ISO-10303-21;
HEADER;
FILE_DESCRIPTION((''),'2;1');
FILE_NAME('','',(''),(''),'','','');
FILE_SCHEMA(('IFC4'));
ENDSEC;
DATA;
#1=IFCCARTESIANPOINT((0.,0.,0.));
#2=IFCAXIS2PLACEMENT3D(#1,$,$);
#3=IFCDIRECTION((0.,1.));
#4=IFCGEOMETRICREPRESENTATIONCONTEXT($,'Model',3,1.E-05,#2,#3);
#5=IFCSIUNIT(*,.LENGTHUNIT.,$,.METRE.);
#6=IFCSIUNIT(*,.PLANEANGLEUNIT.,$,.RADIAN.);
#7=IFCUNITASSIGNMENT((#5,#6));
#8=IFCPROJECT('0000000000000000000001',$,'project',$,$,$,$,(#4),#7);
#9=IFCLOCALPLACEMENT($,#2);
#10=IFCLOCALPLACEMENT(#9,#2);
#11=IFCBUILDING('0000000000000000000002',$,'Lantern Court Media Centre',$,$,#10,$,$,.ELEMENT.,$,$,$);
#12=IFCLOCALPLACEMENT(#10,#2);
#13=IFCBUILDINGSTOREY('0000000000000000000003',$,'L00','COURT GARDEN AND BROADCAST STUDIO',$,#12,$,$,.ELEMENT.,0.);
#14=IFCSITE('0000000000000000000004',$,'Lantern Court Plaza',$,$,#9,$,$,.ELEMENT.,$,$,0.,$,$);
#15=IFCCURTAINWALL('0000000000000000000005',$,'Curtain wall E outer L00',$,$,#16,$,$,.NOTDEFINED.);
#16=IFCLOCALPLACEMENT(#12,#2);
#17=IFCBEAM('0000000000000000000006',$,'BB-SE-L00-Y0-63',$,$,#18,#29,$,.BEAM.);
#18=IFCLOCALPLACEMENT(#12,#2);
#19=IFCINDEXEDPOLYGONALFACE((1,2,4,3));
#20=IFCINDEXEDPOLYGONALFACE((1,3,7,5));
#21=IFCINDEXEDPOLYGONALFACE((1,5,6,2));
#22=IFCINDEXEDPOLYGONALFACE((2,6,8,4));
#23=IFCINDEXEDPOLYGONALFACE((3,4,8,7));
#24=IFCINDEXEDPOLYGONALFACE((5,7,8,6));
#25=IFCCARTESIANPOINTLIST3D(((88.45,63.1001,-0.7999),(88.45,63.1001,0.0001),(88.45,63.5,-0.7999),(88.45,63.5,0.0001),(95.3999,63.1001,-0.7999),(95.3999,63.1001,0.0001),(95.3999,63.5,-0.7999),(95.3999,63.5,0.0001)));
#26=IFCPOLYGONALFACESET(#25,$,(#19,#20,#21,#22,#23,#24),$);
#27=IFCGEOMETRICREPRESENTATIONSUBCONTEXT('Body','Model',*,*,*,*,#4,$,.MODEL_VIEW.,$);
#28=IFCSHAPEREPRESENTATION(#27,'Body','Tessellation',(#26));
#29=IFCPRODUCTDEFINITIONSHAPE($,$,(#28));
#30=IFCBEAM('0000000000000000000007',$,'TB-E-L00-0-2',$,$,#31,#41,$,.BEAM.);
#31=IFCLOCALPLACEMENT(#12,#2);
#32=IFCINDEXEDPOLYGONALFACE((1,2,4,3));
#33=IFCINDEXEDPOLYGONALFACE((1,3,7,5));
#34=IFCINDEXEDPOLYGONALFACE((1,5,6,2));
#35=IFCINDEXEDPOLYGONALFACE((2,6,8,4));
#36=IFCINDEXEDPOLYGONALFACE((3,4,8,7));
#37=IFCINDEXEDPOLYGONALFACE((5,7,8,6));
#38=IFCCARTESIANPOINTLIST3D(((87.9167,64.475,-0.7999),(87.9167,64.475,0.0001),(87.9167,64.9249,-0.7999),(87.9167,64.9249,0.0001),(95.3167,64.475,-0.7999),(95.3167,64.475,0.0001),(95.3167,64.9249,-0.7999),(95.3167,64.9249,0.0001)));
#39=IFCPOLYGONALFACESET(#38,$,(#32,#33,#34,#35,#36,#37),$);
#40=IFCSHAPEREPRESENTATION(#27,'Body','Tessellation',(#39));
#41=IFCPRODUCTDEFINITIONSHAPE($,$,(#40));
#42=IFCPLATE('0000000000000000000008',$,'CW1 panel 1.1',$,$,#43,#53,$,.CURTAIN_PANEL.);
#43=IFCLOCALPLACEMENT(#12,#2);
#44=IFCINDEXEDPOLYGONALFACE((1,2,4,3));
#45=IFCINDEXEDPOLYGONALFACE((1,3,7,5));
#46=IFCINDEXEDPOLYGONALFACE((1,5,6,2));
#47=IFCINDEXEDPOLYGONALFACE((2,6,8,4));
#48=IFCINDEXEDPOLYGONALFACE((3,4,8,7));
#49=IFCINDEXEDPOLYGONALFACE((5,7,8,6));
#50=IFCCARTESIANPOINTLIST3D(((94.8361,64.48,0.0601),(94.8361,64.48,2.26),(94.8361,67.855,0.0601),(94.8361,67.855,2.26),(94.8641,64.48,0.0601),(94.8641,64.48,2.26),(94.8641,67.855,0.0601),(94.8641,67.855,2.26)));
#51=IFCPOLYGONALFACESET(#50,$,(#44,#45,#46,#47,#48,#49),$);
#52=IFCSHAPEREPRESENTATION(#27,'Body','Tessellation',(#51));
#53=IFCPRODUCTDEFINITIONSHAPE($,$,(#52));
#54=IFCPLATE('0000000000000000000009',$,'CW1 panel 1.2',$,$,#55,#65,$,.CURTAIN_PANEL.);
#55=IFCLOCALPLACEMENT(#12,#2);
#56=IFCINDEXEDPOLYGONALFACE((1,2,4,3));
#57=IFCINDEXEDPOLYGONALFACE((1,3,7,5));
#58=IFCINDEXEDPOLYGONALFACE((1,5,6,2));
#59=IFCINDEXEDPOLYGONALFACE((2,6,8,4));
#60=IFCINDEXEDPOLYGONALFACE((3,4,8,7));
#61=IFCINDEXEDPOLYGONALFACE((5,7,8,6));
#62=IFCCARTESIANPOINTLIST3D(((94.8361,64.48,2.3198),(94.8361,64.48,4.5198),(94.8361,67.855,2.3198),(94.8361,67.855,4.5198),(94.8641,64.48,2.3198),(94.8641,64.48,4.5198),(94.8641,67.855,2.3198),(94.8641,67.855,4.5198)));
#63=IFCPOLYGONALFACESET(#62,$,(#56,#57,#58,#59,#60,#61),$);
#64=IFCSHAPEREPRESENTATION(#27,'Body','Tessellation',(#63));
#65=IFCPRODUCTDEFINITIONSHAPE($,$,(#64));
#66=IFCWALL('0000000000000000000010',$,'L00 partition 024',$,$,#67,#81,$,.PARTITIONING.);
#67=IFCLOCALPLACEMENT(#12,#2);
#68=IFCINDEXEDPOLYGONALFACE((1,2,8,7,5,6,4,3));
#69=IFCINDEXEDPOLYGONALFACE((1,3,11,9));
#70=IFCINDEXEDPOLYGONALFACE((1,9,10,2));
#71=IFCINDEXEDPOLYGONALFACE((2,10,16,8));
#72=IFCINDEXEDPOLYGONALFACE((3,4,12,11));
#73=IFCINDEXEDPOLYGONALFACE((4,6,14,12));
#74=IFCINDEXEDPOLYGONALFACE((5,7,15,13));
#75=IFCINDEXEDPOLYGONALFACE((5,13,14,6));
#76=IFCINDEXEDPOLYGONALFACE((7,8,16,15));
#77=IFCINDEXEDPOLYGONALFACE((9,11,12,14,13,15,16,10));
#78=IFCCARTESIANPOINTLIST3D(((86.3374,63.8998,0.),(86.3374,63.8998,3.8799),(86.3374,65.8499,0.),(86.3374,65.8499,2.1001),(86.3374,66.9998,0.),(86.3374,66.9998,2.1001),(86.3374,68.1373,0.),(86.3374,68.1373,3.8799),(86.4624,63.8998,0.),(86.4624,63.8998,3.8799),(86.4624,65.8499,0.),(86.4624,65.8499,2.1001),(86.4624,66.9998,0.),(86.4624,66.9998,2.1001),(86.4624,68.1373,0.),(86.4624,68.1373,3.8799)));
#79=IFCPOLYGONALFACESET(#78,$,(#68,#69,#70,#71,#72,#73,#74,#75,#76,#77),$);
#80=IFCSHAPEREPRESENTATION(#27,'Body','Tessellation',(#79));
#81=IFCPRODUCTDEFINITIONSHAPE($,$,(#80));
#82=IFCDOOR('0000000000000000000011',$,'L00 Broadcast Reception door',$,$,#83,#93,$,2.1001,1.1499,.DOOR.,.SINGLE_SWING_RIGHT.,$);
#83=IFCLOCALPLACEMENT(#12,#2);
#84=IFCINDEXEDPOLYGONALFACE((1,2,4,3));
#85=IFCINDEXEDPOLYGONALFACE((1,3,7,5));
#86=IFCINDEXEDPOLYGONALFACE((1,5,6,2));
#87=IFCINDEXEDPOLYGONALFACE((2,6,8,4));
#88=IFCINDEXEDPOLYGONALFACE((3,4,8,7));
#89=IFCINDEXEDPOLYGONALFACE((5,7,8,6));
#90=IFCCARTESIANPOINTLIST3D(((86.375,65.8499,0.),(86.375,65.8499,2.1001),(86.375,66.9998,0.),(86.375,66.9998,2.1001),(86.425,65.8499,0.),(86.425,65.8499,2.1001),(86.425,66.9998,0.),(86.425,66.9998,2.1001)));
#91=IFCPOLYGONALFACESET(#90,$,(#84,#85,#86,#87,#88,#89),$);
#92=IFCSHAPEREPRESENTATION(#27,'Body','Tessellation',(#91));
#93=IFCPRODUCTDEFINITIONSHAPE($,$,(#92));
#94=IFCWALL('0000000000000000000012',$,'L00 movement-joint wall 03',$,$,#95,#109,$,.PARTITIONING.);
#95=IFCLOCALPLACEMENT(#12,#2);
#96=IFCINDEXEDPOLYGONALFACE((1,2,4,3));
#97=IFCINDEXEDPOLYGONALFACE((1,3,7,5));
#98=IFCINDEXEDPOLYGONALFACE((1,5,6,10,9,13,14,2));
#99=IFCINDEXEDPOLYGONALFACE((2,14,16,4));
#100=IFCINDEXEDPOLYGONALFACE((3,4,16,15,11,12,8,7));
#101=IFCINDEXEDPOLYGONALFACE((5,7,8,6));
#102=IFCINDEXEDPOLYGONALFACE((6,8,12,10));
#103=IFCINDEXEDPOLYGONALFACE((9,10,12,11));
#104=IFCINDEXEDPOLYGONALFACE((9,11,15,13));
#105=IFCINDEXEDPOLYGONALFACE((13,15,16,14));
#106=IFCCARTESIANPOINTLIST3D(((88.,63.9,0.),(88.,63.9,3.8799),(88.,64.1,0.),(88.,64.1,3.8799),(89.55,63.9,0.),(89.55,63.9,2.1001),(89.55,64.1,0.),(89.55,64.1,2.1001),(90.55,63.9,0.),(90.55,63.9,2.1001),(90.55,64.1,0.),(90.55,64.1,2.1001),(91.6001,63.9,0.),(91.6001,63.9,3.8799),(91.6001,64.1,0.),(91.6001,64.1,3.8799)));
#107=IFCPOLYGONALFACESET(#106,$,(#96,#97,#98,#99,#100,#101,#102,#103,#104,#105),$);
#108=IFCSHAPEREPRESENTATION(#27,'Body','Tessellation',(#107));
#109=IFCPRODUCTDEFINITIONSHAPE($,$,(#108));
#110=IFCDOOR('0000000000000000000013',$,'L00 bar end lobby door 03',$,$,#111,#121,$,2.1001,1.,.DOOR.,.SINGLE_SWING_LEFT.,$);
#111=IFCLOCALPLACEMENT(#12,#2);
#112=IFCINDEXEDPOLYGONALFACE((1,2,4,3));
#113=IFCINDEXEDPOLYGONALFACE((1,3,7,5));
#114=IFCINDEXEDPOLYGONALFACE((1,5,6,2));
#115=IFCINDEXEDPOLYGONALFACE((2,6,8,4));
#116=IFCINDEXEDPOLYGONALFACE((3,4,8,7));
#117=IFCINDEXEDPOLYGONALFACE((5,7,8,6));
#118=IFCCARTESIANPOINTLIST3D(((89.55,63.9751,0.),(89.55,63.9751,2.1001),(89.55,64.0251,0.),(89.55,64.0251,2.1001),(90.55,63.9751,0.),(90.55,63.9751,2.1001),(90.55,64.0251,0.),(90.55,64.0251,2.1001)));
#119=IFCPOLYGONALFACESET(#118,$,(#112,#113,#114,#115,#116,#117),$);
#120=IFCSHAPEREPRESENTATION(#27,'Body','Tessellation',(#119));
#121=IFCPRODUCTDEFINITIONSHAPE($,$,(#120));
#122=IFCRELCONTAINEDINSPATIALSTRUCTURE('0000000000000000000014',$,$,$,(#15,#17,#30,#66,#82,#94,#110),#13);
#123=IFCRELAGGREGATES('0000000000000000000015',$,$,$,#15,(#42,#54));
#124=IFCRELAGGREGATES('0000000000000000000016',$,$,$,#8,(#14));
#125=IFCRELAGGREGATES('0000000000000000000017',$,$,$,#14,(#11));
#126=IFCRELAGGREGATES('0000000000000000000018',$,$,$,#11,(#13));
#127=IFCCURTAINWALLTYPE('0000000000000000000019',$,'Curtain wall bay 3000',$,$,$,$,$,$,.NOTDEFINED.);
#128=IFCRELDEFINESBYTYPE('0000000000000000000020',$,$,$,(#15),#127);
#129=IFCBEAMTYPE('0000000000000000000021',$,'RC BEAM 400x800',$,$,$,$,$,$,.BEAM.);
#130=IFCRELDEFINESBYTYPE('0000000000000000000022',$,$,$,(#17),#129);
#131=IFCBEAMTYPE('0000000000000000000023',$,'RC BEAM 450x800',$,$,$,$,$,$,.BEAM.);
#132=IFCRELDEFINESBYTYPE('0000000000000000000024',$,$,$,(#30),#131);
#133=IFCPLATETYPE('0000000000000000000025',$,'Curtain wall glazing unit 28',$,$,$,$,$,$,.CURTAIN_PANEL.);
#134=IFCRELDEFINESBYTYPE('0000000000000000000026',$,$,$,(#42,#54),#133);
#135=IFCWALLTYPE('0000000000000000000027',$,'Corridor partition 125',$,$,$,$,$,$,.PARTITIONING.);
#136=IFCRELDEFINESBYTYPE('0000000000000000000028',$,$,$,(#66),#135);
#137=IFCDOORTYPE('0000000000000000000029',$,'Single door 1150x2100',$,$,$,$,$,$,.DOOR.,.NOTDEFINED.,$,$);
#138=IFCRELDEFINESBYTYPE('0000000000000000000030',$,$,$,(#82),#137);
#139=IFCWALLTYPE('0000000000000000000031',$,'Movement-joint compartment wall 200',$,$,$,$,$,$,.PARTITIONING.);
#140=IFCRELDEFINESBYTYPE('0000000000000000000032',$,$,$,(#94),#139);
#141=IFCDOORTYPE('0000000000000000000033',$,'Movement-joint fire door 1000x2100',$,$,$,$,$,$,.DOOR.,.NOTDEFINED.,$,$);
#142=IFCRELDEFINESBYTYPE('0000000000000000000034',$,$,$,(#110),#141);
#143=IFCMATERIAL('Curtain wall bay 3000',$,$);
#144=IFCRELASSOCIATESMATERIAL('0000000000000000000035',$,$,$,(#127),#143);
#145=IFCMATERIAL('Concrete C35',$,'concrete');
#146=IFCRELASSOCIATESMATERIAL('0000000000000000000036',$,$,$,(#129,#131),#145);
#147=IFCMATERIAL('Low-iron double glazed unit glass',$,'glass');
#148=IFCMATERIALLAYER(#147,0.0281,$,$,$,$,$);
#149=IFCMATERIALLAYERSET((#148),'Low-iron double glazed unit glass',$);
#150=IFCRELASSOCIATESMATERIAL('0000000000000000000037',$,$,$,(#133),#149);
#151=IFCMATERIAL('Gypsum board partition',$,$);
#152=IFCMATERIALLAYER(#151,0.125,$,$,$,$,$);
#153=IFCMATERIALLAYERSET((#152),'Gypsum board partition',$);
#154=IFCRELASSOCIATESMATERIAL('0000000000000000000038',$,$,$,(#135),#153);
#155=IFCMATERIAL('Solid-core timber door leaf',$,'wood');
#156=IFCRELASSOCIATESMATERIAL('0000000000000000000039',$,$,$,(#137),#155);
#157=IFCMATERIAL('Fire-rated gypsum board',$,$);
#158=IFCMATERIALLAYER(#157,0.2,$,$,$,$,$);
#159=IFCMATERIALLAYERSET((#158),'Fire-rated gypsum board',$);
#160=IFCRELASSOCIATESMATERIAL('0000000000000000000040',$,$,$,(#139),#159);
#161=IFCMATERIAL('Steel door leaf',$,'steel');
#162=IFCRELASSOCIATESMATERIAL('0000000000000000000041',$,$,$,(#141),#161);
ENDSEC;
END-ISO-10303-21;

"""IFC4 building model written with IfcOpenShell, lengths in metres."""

from ifc_helpers import new_model, si_unit, direction, frame, frame_2d, origin, origin_2d, place, context, subcontext, project, spatial, rectangle, extrude, material, layer, layer_set, material_profile, profile_set, type_object, element, fill, aggregate, save


model = new_model("IFC4")

# Units and contexts
model_context = context("Model", 3, precision=1e-05, world=origin(), true_north=direction((0.0, 1.0)))
body_context = subcontext(model_context, "Body", "Model", "MODEL_VIEW")
ifc_project = project(units=[si_unit("LENGTHUNIT", "METRE"), si_unit("PLANEANGLEUNIT", "RADIAN")], contexts=[model_context])

# Site, building, storey
site_placement = place(None, origin())
site = spatial("IfcSite", under=ifc_project, at=site_placement, Name="Lantern Court Plaza", CompositionType="ELEMENT", RefElevation=0.0)
building_placement = place(site_placement, origin())
building = spatial("IfcBuilding", under=site, at=building_placement, Name="Lantern Court Media Centre", CompositionType="ELEMENT")
storey_placement = place(building_placement, origin())
storey = spatial("IfcBuildingStorey", under=building, at=storey_placement, Name="L00", Description="COURT GARDEN AND BROADCAST STUDIO", CompositionType="ELEMENT", Elevation=0.0)

# Shared definitions
ifc_material_1 = material(Name="Concrete C35", Category="concrete")

# Curtain wall
ifc_material_2 = material(Name="Curtain wall bay 3000")
curtain_wall_type = type_object("IfcCurtainWallType", Name="Curtain wall bay 3000", PredefinedType="NOTDEFINED", material=ifc_material_2)
curtain_wall_placement = place(storey_placement, origin())
curtain_wall = element("IfcCurtainWall", 1, at=curtain_wall_placement, inside=storey, type_object=curtain_wall_type, Name="Curtain wall E outer L00", PredefinedType="NOTDEFINED")

# Beams
ifc_material_profile_1 = material_profile(ifc_material_1, rectangle(XDim=0.3999, YDim=0.8, at=origin_2d()), Name="RC 400x800")
ifc_profile_set_1 = profile_set([ifc_material_profile_1], Name="Concrete C35")
beam_type_1 = type_object("IfcBeamType", Name="RC BEAM 400x800", PredefinedType="BEAM", material=ifc_profile_set_1)
beam_1_placement = place(storey_placement, frame((88.45, 63.3, -0.3999), z_axis=(1.0, 0.0, 0.0), x_axis=(0.0, 1.0, 0.0)))
element("IfcBeam", 2, at=beam_1_placement, inside=storey, type_object=beam_type_1, Name="BB-SE-L00-Y0-63", PredefinedType="BEAM", context=body_context, shape_type="SweptSolid", body=[
    extrude(rectangle(XDim=0.3999, YDim=0.8, at=origin_2d()), origin(), (0.0, 0.0, 1.0), 6.95),
])
ifc_material_profile_2 = material_profile(ifc_material_1, rectangle(XDim=0.45, YDim=0.8, at=origin_2d()), Name="RC 450x800")
ifc_profile_set_2 = profile_set([ifc_material_profile_2], Name="Concrete C35")
beam_type_2 = type_object("IfcBeamType", Name="RC BEAM 450x800", PredefinedType="BEAM", material=ifc_profile_set_2)
beam_2_placement = place(storey_placement, frame((87.9167, 64.7, -0.3999), z_axis=(1.0, 0.0, 0.0), x_axis=(0.0, 1.0, 0.0)))
element("IfcBeam", 3, at=beam_2_placement, inside=storey, type_object=beam_type_2, Name="TB-E-L00-0-2", PredefinedType="BEAM", context=body_context, shape_type="SweptSolid", body=[
    extrude(rectangle(XDim=0.45, YDim=0.8, at=origin_2d()), origin(), (0.0, 0.0, 1.0), 7.3999),
])

# Plates
ifc_material_3 = material(Name="Low-iron double glazed unit glass", Category="glass")
ifc_layer_1 = layer(ifc_material_3, 0.0281)
ifc_layer_set_1 = layer_set([ifc_layer_1], Name="Low-iron double glazed unit glass")
plate_type = type_object("IfcPlateType", Name="Curtain wall glazing unit 28", PredefinedType="CURTAIN_PANEL", material=ifc_layer_set_1)
plate_1_placement = place(storey_placement, frame((94.8501, 66.1675, 0.0601), z_axis=(0.0, 0.0, 1.0), x_axis=(0.0, 1.0, 0.0)))
plate_1 = element("IfcPlate", 4, at=plate_1_placement, type_object=plate_type, Name="CW1 panel 1.1", PredefinedType="CURTAIN_PANEL", context=body_context, shape_type="SweptSolid", body=[
    extrude(rectangle(XDim=3.375, YDim=0.0281, at=origin_2d()), origin(), (0.0, 0.0, 1.0), 2.2),
])
plate_2_placement = place(storey_placement, frame((94.8501, 66.1675, 2.3198), z_axis=(0.0, 0.0, 1.0), x_axis=(0.0, 1.0, 0.0)))
plate_2 = element("IfcPlate", 5, at=plate_2_placement, type_object=plate_type, Name="CW1 panel 1.2", PredefinedType="CURTAIN_PANEL", context=body_context, shape_type="SweptSolid", body=[
    extrude(rectangle(XDim=3.375, YDim=0.0281, at=origin_2d()), origin(), (0.0, 0.0, 1.0), 2.2),
])
aggregate(curtain_wall, [plate_1, plate_2])

# Walls, openings, doors
ifc_material_4 = material(Name="Gypsum board partition")
ifc_layer_2 = layer(ifc_material_4, 0.125)
ifc_layer_set_2 = layer_set([ifc_layer_2], Name="Gypsum board partition")
wall_type_1 = type_object("IfcWallType", Name="Corridor partition 125", PredefinedType="PARTITIONING", material=ifc_layer_set_2)
wall_1_placement = place(storey_placement, frame((86.3999, 63.8999, 0.0), z_axis=(0.0, 0.0, 1.0), x_axis=(0.0, 1.0, 0.0)))
wall_1 = element("IfcWall", 6, at=wall_1_placement, inside=storey, type_object=wall_type_1, Name="L00 partition 024", PredefinedType="PARTITIONING", context=body_context, shape_type="SweptSolid", body=[
    extrude(rectangle(XDim=4.2375, YDim=0.125, at=frame_2d((2.1187, 0.0))), origin(), (0.0, 0.0, 1.0), 3.8799),
])
opening_1_placement = place(wall_1_placement, frame((1.95, 0.0, 0.0)))
opening_1 = element("IfcOpeningElement", 7, at=opening_1_placement, cuts=wall_1, PredefinedType="OPENING", context=body_context, shape_type="SweptSolid", body=[
    extrude(rectangle(XDim=1.1499, YDim=2.1001, at=frame_2d((0.575, 1.05))), frame((0.0, 0.0725, 0.0), z_axis=(0.0, -1.0, 0.0), x_axis=(1.0, 0.0, 0.0)), (0.0, 0.0, 1.0), 0.145),
])
ifc_material_5 = material(Name="Solid-core timber door leaf", Category="wood")
door_type_1 = type_object("IfcDoorType", Name="Single door 1150x2100", OperationType="NOTDEFINED", PredefinedType="DOOR", material=ifc_material_5)
door_1_placement = place(opening_1_placement, origin())
door_1 = element("IfcDoor", 8, at=door_1_placement, inside=storey, type_object=door_type_1, Name="L00 Broadcast Reception door", OperationType="SINGLE_SWING_RIGHT", OverallHeight=2.1001, OverallWidth=1.1499, PredefinedType="DOOR", context=body_context, shape_type="SweptSolid", body=[
    extrude(rectangle(XDim=1.1499, YDim=2.1001, at=frame_2d((0.575, 1.05))), frame((0.0, 0.0249, 0.0), z_axis=(0.0, -1.0, 0.0), x_axis=(1.0, 0.0, 0.0)), (0.0, 0.0, 1.0), 0.05),
])
fill(opening_1, door_1)
ifc_material_6 = material(Name="Fire-rated gypsum board")
ifc_layer_3 = layer(ifc_material_6, 0.2)
ifc_layer_set_3 = layer_set([ifc_layer_3], Name="Fire-rated gypsum board")
wall_type_2 = type_object("IfcWallType", Name="Movement-joint compartment wall 200", PredefinedType="PARTITIONING", material=ifc_layer_set_3)
wall_2_placement = place(storey_placement, frame((88.0, 64.0, 0.0), z_axis=(0.0, 0.0, 1.0), x_axis=(1.0, 0.0, 0.0)))
wall_2 = element("IfcWall", 9, at=wall_2_placement, inside=storey, type_object=wall_type_2, Name="L00 movement-joint wall 03", PredefinedType="PARTITIONING", context=body_context, shape_type="SweptSolid", body=[
    extrude(rectangle(XDim=3.6001, YDim=0.2, at=frame_2d((1.8, 0.0))), origin(), (0.0, 0.0, 1.0), 3.8799),
])
opening_2_placement = place(wall_2_placement, frame((1.55, 0.0, 0.0)))
opening_2 = element("IfcOpeningElement", 10, at=opening_2_placement, cuts=wall_2, PredefinedType="OPENING", context=body_context, shape_type="SweptSolid", body=[
    extrude(rectangle(XDim=1.0, YDim=2.1001, at=frame_2d((0.5, 1.05))), frame((0.0, 0.1099, 0.0), z_axis=(0.0, -1.0, 0.0), x_axis=(1.0, 0.0, 0.0)), (0.0, 0.0, 1.0), 0.22),
])
ifc_material_7 = material(Name="Steel door leaf", Category="steel")
door_type_2 = type_object("IfcDoorType", Name="Movement-joint fire door 1000x2100", OperationType="NOTDEFINED", PredefinedType="DOOR", material=ifc_material_7)
door_2_placement = place(opening_2_placement, frame((1.0, 0.0, 0.0), z_axis=(0.0, 0.0, 1.0), x_axis=(-1.0, 0.0, 0.0)))
door_2 = element("IfcDoor", 11, at=door_2_placement, inside=storey, type_object=door_type_2, Name="L00 bar end lobby door 03", OperationType="SINGLE_SWING_LEFT", OverallHeight=2.1001, OverallWidth=1.0, PredefinedType="DOOR", context=body_context, shape_type="SweptSolid", body=[
    extrude(rectangle(XDim=1.0, YDim=2.1001, at=frame_2d((0.5, 1.05))), frame((0.0, 0.0249, 0.0), z_axis=(0.0, -1.0, 0.0), x_axis=(1.0, 0.0, 0.0)), (0.0, 0.0, 1.0), 0.05),
])
fill(opening_2, door_2)

save(model, "model.ifc")
